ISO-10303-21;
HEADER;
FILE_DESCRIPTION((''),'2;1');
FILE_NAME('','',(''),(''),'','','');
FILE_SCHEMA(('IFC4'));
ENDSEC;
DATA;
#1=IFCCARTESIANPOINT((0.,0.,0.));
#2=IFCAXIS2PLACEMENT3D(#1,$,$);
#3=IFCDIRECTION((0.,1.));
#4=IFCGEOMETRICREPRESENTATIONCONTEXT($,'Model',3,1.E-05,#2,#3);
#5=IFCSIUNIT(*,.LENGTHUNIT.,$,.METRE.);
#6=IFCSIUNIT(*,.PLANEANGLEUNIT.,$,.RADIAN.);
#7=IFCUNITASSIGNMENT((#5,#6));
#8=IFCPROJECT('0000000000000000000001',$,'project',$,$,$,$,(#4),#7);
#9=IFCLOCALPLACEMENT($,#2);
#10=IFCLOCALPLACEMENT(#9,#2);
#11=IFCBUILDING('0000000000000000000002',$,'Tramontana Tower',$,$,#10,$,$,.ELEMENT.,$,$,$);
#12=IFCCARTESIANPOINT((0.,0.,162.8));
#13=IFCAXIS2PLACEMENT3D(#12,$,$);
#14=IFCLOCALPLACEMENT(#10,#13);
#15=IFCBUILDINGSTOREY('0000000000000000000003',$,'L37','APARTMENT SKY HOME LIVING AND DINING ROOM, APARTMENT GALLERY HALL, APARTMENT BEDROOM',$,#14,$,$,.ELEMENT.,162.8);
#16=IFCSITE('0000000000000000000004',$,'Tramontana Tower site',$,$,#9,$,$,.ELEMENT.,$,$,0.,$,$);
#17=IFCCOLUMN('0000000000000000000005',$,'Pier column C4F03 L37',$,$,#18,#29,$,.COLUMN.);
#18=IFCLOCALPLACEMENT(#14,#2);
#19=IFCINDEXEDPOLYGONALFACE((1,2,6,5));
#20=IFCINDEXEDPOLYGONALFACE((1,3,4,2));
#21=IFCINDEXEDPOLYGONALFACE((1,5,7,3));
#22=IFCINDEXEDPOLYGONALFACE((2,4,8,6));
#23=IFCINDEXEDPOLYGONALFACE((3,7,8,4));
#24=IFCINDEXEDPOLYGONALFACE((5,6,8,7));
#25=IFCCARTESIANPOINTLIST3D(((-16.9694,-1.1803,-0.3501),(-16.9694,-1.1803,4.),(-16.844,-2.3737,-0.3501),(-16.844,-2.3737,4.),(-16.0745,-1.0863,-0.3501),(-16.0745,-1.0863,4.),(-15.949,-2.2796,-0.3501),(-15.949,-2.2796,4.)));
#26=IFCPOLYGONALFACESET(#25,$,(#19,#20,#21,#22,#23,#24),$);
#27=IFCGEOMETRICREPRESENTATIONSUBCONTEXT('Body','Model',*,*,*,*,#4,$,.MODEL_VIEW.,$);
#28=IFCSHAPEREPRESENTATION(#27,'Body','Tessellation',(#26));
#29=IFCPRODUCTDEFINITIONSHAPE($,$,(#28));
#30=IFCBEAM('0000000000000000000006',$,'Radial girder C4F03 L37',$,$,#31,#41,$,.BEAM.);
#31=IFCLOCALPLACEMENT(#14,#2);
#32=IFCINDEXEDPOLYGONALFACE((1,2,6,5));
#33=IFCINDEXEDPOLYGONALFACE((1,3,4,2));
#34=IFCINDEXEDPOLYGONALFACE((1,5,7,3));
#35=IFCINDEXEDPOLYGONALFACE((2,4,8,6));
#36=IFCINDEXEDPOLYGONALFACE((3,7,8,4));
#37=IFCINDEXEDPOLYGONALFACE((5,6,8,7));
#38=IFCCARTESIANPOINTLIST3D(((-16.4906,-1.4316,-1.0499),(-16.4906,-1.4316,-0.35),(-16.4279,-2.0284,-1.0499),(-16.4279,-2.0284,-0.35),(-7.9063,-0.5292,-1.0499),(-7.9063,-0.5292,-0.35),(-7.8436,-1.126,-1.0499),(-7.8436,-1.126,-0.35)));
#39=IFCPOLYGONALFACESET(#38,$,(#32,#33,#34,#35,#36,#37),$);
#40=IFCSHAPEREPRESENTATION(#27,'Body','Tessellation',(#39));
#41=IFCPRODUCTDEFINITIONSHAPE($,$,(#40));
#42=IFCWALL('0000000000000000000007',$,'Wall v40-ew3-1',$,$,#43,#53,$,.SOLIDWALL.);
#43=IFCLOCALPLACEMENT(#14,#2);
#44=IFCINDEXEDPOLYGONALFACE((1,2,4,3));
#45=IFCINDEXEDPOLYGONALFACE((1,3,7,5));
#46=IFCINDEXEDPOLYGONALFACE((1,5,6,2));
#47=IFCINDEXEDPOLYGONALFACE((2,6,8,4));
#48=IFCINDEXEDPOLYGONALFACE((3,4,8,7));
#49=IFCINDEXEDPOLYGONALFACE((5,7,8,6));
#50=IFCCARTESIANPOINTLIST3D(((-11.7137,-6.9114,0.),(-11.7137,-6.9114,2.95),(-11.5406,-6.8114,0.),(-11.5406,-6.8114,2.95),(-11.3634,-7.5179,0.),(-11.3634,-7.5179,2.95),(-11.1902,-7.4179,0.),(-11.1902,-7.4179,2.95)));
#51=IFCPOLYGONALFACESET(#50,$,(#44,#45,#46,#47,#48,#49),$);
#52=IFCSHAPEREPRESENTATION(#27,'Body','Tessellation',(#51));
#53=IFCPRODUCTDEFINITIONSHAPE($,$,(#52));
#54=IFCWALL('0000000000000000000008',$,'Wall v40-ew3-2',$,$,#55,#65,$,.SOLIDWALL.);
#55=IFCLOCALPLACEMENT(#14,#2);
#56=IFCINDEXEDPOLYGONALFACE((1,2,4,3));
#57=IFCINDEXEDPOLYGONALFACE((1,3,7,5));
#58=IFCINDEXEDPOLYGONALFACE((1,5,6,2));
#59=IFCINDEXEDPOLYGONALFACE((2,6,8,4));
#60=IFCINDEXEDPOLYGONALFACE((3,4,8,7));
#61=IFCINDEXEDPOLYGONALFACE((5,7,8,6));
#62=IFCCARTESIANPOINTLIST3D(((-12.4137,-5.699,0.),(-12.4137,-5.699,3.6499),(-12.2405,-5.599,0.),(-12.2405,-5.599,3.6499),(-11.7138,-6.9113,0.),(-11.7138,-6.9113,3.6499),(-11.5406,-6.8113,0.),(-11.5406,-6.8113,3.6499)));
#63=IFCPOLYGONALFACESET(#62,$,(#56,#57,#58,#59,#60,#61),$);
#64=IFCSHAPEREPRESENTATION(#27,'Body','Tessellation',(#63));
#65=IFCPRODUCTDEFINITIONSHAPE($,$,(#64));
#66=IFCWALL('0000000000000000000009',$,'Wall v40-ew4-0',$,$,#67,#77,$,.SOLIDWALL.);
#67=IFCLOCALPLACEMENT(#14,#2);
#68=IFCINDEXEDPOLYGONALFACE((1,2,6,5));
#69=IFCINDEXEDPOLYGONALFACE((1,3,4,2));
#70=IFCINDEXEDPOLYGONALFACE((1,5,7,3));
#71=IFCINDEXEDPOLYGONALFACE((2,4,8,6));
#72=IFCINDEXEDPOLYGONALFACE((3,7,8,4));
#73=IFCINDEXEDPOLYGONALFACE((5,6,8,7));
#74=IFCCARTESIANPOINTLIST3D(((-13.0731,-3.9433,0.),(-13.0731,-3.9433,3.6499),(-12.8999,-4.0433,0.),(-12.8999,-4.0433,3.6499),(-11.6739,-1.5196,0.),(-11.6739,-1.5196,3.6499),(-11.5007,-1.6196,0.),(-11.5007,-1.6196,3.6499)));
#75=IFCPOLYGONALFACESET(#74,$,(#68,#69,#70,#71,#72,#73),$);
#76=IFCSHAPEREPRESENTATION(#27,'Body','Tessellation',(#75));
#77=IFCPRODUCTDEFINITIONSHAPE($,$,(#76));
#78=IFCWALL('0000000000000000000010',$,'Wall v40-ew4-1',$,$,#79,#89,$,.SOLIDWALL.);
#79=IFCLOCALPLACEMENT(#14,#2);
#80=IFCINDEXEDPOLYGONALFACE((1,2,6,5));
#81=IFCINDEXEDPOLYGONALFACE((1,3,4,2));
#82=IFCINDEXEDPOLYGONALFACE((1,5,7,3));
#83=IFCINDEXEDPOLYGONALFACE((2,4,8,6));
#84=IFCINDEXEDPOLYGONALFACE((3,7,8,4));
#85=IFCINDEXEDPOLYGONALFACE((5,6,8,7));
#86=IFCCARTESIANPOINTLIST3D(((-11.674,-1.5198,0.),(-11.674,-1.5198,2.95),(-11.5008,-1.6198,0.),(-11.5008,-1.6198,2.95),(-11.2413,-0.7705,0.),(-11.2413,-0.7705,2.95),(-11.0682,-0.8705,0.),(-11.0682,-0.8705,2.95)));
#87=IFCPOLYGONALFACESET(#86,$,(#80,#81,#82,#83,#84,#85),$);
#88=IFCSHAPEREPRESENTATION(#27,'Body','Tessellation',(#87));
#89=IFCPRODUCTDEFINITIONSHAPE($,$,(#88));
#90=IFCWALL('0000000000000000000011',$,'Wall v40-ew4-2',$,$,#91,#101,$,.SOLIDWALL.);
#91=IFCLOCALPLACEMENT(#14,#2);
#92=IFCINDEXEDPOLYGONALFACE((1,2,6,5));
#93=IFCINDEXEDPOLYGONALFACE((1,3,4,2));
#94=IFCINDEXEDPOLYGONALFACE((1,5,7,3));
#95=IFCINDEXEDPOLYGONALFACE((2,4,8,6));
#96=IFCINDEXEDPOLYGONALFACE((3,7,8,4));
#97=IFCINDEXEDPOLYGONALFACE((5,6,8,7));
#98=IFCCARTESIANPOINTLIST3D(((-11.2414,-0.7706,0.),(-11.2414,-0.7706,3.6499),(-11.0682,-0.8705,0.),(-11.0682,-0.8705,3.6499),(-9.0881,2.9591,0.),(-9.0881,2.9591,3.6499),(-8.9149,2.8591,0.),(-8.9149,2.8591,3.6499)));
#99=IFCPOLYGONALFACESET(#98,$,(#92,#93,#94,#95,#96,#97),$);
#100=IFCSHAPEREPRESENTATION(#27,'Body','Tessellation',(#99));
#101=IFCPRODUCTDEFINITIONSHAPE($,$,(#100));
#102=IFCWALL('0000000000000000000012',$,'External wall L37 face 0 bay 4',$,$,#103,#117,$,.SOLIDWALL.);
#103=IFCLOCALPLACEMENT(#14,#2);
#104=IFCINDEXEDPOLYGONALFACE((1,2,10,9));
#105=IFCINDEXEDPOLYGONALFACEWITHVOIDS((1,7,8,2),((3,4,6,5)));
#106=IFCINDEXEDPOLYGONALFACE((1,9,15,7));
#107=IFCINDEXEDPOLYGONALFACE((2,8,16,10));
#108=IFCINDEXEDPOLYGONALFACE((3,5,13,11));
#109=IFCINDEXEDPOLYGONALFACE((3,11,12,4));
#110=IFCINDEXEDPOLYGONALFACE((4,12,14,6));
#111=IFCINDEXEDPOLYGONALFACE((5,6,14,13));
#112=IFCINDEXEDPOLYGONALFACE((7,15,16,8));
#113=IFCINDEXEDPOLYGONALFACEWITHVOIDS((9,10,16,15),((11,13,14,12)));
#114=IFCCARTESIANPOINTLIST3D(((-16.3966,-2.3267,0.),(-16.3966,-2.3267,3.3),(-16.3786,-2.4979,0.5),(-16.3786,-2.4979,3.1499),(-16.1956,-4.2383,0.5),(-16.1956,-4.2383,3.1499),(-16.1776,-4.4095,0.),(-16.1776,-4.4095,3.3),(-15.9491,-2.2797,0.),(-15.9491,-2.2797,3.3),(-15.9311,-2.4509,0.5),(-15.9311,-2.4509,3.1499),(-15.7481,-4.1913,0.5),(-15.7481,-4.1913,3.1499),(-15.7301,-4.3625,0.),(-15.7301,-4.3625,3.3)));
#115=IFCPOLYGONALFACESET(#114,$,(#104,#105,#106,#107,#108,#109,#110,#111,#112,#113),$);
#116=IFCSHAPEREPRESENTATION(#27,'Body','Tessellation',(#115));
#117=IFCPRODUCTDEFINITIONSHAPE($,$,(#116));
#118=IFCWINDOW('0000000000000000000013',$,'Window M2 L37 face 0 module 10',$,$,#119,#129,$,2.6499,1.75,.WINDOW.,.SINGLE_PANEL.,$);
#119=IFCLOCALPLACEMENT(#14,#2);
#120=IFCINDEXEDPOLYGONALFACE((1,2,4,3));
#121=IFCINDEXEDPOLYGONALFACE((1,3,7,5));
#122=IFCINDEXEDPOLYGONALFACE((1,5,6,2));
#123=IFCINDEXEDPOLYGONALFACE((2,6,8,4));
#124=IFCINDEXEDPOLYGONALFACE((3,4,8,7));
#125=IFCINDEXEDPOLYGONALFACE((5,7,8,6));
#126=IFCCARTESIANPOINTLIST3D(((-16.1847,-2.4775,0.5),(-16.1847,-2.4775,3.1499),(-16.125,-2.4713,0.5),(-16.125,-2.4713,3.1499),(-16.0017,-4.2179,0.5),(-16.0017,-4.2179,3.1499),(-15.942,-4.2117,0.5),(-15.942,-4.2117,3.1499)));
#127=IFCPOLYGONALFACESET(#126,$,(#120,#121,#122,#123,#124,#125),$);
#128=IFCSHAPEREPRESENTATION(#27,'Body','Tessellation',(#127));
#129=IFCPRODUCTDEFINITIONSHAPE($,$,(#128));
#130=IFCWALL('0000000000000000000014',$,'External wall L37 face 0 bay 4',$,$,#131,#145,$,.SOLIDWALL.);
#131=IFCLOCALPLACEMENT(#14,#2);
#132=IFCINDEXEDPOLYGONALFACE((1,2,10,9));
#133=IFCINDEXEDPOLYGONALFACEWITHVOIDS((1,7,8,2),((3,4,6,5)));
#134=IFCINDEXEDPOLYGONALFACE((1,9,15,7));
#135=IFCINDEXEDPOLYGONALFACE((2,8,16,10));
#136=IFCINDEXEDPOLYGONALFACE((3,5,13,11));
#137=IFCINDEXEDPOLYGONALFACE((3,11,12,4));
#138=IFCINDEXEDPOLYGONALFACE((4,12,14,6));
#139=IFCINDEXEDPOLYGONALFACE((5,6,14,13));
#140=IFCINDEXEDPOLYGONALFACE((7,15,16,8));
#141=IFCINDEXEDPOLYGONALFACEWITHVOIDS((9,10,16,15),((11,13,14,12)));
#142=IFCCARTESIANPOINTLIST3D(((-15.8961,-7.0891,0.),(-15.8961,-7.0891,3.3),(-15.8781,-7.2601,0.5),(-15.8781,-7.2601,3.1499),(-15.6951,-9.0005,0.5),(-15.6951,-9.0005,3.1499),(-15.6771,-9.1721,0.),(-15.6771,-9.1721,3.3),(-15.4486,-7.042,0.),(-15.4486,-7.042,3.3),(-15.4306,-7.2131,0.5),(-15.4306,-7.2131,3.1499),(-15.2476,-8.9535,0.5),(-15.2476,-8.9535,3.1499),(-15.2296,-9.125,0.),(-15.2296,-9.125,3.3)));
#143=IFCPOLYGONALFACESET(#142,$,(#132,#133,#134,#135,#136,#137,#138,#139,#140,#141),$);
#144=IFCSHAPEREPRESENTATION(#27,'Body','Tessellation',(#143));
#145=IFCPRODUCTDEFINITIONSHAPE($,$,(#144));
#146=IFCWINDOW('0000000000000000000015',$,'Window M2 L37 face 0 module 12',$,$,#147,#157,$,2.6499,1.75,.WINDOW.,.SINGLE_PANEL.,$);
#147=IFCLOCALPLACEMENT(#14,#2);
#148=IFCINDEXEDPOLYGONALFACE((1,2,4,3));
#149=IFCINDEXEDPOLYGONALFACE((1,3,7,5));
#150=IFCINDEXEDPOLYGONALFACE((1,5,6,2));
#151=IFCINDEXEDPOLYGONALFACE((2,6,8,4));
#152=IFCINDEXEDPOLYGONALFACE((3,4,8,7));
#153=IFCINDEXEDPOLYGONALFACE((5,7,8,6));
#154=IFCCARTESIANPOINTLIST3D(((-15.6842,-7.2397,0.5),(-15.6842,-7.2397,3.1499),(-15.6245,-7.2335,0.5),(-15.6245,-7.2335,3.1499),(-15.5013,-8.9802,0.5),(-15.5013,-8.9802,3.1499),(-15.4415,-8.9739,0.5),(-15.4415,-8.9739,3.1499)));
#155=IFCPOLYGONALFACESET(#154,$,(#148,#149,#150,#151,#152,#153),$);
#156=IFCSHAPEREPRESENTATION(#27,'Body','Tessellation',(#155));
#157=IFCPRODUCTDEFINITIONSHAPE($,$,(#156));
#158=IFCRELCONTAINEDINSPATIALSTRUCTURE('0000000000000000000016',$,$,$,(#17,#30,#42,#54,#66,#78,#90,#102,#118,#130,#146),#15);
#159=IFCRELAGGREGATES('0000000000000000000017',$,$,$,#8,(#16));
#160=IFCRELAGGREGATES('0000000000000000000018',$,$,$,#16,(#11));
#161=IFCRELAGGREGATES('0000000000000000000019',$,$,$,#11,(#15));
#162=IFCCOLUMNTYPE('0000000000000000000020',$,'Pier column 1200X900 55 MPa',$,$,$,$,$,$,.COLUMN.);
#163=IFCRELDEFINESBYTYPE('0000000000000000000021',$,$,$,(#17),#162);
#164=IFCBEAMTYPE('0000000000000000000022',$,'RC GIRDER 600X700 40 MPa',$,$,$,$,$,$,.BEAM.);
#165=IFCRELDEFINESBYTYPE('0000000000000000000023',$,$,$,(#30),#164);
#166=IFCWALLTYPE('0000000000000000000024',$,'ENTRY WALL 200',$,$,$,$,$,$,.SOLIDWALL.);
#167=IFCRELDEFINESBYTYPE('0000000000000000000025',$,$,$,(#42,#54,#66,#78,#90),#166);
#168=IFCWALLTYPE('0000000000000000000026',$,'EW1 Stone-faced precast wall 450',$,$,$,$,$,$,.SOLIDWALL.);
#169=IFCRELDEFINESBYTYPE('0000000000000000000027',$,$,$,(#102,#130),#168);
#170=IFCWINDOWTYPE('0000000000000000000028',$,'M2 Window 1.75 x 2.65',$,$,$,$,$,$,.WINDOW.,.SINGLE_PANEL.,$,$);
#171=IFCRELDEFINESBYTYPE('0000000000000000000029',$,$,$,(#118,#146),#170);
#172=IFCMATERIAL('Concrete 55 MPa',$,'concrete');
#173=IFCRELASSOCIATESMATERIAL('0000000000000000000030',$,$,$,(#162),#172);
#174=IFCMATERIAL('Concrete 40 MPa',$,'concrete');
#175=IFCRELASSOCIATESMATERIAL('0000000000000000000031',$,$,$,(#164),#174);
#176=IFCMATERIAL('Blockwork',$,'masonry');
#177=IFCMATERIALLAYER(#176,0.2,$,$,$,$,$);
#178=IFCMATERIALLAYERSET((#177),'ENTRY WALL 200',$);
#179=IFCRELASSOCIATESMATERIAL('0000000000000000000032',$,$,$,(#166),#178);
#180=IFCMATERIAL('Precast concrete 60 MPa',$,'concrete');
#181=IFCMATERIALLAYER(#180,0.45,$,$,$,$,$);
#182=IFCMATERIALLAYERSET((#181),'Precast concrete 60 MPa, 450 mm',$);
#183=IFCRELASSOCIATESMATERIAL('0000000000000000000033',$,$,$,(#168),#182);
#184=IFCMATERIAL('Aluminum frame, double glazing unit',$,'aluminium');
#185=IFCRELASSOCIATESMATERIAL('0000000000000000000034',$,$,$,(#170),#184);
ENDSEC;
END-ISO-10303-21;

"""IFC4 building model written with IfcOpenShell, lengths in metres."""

from ifc_helpers import new_model, si_unit, direction, frame, frame_2d, origin, origin_2d, place, context, subcontext, project, spatial, rectangle, extrude, material, layer, layer_set, material_profile, profile_set, type_object, element, fill, save


model = new_model("IFC4")

# Units and contexts
model_context = context("Model", 3, precision=1e-05, world=origin(), true_north=direction((0.0, 1.0)))
body_context = subcontext(model_context, "Body", "Model", "MODEL_VIEW")
ifc_project = project(units=[si_unit("LENGTHUNIT", "METRE"), si_unit("PLANEANGLEUNIT", "RADIAN")], contexts=[model_context])

# Site, building, storey
site_placement = place(None, origin())
site = spatial("IfcSite", under=ifc_project, at=site_placement, Name="Tramontana Tower site", CompositionType="ELEMENT", RefElevation=0.0)
building_placement = place(site_placement, origin())
building = spatial("IfcBuilding", under=site, at=building_placement, Name="Tramontana Tower", CompositionType="ELEMENT")
storey_placement = place(building_placement, frame((0.0, 0.0, 162.8)))
storey = spatial("IfcBuildingStorey", under=building, at=storey_placement, Name="L37", Description="APARTMENT SKY HOME LIVING AND DINING ROOM, APARTMENT GALLERY HALL, APARTMENT BEDROOM", CompositionType="ELEMENT", Elevation=162.8)

# Column
ifc_material_1 = material(Name="Concrete 55 MPa", Category="concrete")
ifc_material_profile_1 = material_profile(ifc_material_1, rectangle(XDim=1.2, YDim=0.8999, at=origin_2d()), Name="Pier column 1200X900 55 MPa")
ifc_profile_set_1 = profile_set([ifc_material_profile_1], Name="Concrete 55 MPa")
column_type = type_object("IfcColumnType", Name="Pier column 1200X900 55 MPa", PredefinedType="COLUMN", material=ifc_profile_set_1)
column_placement = place(storey_placement, frame((-16.4592, -1.73, -0.3501), z_axis=(0.0, 0.0, 1.0), x_axis=(0.104528, -0.994522, 0.0)))
element("IfcColumn", 1, at=column_placement, inside=storey, type_object=column_type, Name="Pier column C4F03 L37", PredefinedType="COLUMN", context=body_context, shape_type="SweptSolid", body=[
    extrude(rectangle(XDim=1.2, YDim=0.8999, at=origin_2d()), origin(), (0.0, 0.0, 1.0), 4.3501),
])

# Beam
ifc_material_2 = material(Name="Concrete 40 MPa", Category="concrete")
ifc_material_profile_2 = material_profile(ifc_material_2, rectangle(XDim=0.6001, YDim=0.7, at=origin_2d()), Name="RC GIRDER 600X700 40 MPa")
ifc_profile_set_2 = profile_set([ifc_material_profile_2], Name="Concrete 40 MPa")
beam_type = type_object("IfcBeamType", Name="RC GIRDER 600X700 40 MPa", PredefinedType="BEAM", material=ifc_profile_set_2)
beam_placement = place(storey_placement, frame((-16.4592, -1.73, -0.7), z_axis=(0.994521, 0.10454, 0.0), x_axis=(-0.10454, 0.994521, 0.0)))
element("IfcBeam", 2, at=beam_placement, inside=storey, type_object=beam_type, Name="Radial girder C4F03 L37", PredefinedType="BEAM", context=body_context, shape_type="SweptSolid", body=[
    extrude(rectangle(XDim=0.6001, YDim=0.7, at=origin_2d()), origin(), (0.0, 0.0, 1.0), 8.6316),
])

# Walls
ifc_material_3 = material(Name="Blockwork", Category="masonry")
ifc_layer_1 = layer(ifc_material_3, 0.2)
ifc_layer_set_1 = layer_set([ifc_layer_1], Name="ENTRY WALL 200")
wall_type_1 = type_object("IfcWallType", Name="ENTRY WALL 200", PredefinedType="SOLIDWALL", material=ifc_layer_set_1)
wall_1_placement = place(storey_placement, frame((-11.2769, -7.4678, 0.0), z_axis=(0.0, 0.0, 1.0), x_axis=(-0.500225, 0.865895, 0.0)))
element("IfcWall", 3, at=wall_1_placement, inside=storey, type_object=wall_type_1, Name="Wall v40-ew3-1", PredefinedType="SOLIDWALL", context=body_context, shape_type="SweptSolid", body=[
    extrude(rectangle(XDim=0.7004, YDim=0.2, at=frame_2d((0.3501, 0.0))), origin(), (0.0, 0.0, 1.0), 2.95),
])
wall_2_placement = place(storey_placement, frame((-11.6272, -6.8613, 0.0), z_axis=(0.0, 0.0, 1.0), x_axis=(-0.499984, 0.866035, 0.0)))
element("IfcWall", 4, at=wall_2_placement, inside=storey, type_object=wall_type_1, Name="Wall v40-ew3-2", PredefinedType="SOLIDWALL", context=body_context, shape_type="SweptSolid", body=[
    extrude(rectangle(XDim=1.3999, YDim=0.2, at=frame_2d((0.7, 0.0))), origin(), (0.0, 0.0, 1.0), 3.6499),
])
wall_3_placement = place(storey_placement, frame((-12.9866, -3.9934, 0.0), z_axis=(0.0, 0.0, 1.0), x_axis=(0.499977, 0.866039, 0.0)))
element("IfcWall", 5, at=wall_3_placement, inside=storey, type_object=wall_type_1, Name="Wall v40-ew4-0", PredefinedType="SOLIDWALL", context=body_context, shape_type="SweptSolid", body=[
    extrude(rectangle(XDim=2.7986, YDim=0.2, at=frame_2d((1.3994, 0.0))), origin(), (0.0, 0.0, 1.0), 3.6499),
])
wall_4_placement = place(storey_placement, frame((-11.5874, -1.5698, 0.0), z_axis=(0.0, 0.0, 1.0), x_axis=(0.500024, 0.866012, 0.0)))
element("IfcWall", 6, at=wall_4_placement, inside=storey, type_object=wall_type_1, Name="Wall v40-ew4-1", PredefinedType="SOLIDWALL", context=body_context, shape_type="SweptSolid", body=[
    extrude(rectangle(XDim=0.8652, YDim=0.2, at=frame_2d((0.4326, 0.0))), origin(), (0.0, 0.0, 1.0), 2.95),
])
wall_5_placement = place(storey_placement, frame((-11.1548, -0.8206, 0.0), z_axis=(0.0, 0.0, 1.0), x_axis=(0.499992, 0.86603, 0.0)))
element("IfcWall", 7, at=wall_5_placement, inside=storey, type_object=wall_type_1, Name="Wall v40-ew4-2", PredefinedType="SOLIDWALL", context=body_context, shape_type="SweptSolid", body=[
    extrude(rectangle(XDim=4.3066, YDim=0.2, at=frame_2d((2.1533, 0.0))), origin(), (0.0, 0.0, 1.0), 3.6499),
])

# Walls, openings, windows
ifc_material_4 = material(Name="Precast concrete 60 MPa", Category="concrete")
ifc_layer_2 = layer(ifc_material_4, 0.45)
ifc_layer_set_2 = layer_set([ifc_layer_2], Name="Precast concrete 60 MPa, 450 mm")
wall_type_2 = type_object("IfcWallType", Name="EW1 Stone-faced precast wall 450", PredefinedType="SOLIDWALL", material=ifc_layer_set_2)
wall_6_placement = place(storey_placement, frame((-16.1729, -2.3032, 0.0), z_axis=(0.0, 0.0, 1.0), x_axis=(0.104569, -0.994518, 0.0)))
wall_6 = element("IfcWall", 8, at=wall_6_placement, inside=storey, type_object=wall_type_2, Name="External wall L37 face 0 bay 4", PredefinedType="SOLIDWALL", context=body_context, shape_type="SweptSolid", body=[
    extrude(rectangle(XDim=2.0942, YDim=0.45, at=frame_2d((1.0471, 0.0))), origin(), (0.0, 0.0, 1.0), 3.3),
])
opening_1_placement = place(wall_6_placement, frame((0.1721, 0.0, 0.5)))
opening_1 = element("IfcOpeningElement", 9, at=opening_1_placement, cuts=wall_6, PredefinedType="OPENING", context=body_context, shape_type="SweptSolid", body=[
    extrude(rectangle(XDim=1.75, YDim=2.6499, at=frame_2d((0.875, 1.325))), frame((0.0, 0.2349, 0.0), z_axis=(0.0, -1.0, 0.0), x_axis=(1.0, 0.0, 0.0)), (0.0, 0.0, 1.0), 0.47),
])
ifc_material_5 = material(Name="Aluminum frame, double glazing unit", Category="aluminium")
window_type = type_object("IfcWindowType", Name="M2 Window 1.75 x 2.65", PartitioningType="SINGLE_PANEL", PredefinedType="WINDOW", material=ifc_material_5)
window_1_placement = place(opening_1_placement, origin())
window_1 = element("IfcWindow", 10, at=window_1_placement, inside=storey, type_object=window_type, Name="Window M2 L37 face 0 module 10", OverallHeight=2.6499, OverallWidth=1.75, PartitioningType="SINGLE_PANEL", PredefinedType="WINDOW", context=body_context, shape_type="SweptSolid", body=[
    extrude(rectangle(XDim=1.75, YDim=2.6499, at=frame_2d((0.875, 1.325))), frame((0.0, 0.03, 0.0), z_axis=(0.0, -1.0, 0.0), x_axis=(1.0, 0.0, 0.0)), (0.0, 0.0, 1.0), 0.0601),
])
fill(opening_1, window_1)
wall_7_placement = place(storey_placement, frame((-15.6724, -7.0654, 0.0), z_axis=(0.0, 0.0, 1.0), x_axis=(0.104557, -0.994519, 0.0)))
wall_7 = element("IfcWall", 11, at=wall_7_placement, inside=storey, type_object=wall_type_2, Name="External wall L37 face 0 bay 4", PredefinedType="SOLIDWALL", context=body_context, shape_type="SweptSolid", body=[
    extrude(rectangle(XDim=2.0945, YDim=0.45, at=frame_2d((1.0474, 0.0))), origin(), (0.0, 0.0, 1.0), 3.3),
])
opening_2_placement = place(wall_7_placement, frame((0.1721, 0.0, 0.5)))
opening_2 = element("IfcOpeningElement", 12, at=opening_2_placement, cuts=wall_7, PredefinedType="OPENING", context=body_context, shape_type="SweptSolid", body=[
    extrude(rectangle(XDim=1.75, YDim=2.6499, at=frame_2d((0.875, 1.325))), frame((0.0, 0.2349, 0.0), z_axis=(0.0, -1.0, 0.0), x_axis=(1.0, 0.0, 0.0)), (0.0, 0.0, 1.0), 0.47),
])
window_2_placement = place(opening_2_placement, origin())
window_2 = element("IfcWindow", 13, at=window_2_placement, inside=storey, type_object=window_type, Name="Window M2 L37 face 0 module 12", OverallHeight=2.6499, OverallWidth=1.75, PartitioningType="SINGLE_PANEL", PredefinedType="WINDOW", context=body_context, shape_type="SweptSolid", body=[
    extrude(rectangle(XDim=1.75, YDim=2.6499, at=frame_2d((0.875, 1.325))), frame((0.0, 0.03, 0.0), z_axis=(0.0, -1.0, 0.0), x_axis=(1.0, 0.0, 0.0)), (0.0, 0.0, 1.0), 0.0601),
])
fill(opening_2, window_2)

save(model, "model.ifc")
